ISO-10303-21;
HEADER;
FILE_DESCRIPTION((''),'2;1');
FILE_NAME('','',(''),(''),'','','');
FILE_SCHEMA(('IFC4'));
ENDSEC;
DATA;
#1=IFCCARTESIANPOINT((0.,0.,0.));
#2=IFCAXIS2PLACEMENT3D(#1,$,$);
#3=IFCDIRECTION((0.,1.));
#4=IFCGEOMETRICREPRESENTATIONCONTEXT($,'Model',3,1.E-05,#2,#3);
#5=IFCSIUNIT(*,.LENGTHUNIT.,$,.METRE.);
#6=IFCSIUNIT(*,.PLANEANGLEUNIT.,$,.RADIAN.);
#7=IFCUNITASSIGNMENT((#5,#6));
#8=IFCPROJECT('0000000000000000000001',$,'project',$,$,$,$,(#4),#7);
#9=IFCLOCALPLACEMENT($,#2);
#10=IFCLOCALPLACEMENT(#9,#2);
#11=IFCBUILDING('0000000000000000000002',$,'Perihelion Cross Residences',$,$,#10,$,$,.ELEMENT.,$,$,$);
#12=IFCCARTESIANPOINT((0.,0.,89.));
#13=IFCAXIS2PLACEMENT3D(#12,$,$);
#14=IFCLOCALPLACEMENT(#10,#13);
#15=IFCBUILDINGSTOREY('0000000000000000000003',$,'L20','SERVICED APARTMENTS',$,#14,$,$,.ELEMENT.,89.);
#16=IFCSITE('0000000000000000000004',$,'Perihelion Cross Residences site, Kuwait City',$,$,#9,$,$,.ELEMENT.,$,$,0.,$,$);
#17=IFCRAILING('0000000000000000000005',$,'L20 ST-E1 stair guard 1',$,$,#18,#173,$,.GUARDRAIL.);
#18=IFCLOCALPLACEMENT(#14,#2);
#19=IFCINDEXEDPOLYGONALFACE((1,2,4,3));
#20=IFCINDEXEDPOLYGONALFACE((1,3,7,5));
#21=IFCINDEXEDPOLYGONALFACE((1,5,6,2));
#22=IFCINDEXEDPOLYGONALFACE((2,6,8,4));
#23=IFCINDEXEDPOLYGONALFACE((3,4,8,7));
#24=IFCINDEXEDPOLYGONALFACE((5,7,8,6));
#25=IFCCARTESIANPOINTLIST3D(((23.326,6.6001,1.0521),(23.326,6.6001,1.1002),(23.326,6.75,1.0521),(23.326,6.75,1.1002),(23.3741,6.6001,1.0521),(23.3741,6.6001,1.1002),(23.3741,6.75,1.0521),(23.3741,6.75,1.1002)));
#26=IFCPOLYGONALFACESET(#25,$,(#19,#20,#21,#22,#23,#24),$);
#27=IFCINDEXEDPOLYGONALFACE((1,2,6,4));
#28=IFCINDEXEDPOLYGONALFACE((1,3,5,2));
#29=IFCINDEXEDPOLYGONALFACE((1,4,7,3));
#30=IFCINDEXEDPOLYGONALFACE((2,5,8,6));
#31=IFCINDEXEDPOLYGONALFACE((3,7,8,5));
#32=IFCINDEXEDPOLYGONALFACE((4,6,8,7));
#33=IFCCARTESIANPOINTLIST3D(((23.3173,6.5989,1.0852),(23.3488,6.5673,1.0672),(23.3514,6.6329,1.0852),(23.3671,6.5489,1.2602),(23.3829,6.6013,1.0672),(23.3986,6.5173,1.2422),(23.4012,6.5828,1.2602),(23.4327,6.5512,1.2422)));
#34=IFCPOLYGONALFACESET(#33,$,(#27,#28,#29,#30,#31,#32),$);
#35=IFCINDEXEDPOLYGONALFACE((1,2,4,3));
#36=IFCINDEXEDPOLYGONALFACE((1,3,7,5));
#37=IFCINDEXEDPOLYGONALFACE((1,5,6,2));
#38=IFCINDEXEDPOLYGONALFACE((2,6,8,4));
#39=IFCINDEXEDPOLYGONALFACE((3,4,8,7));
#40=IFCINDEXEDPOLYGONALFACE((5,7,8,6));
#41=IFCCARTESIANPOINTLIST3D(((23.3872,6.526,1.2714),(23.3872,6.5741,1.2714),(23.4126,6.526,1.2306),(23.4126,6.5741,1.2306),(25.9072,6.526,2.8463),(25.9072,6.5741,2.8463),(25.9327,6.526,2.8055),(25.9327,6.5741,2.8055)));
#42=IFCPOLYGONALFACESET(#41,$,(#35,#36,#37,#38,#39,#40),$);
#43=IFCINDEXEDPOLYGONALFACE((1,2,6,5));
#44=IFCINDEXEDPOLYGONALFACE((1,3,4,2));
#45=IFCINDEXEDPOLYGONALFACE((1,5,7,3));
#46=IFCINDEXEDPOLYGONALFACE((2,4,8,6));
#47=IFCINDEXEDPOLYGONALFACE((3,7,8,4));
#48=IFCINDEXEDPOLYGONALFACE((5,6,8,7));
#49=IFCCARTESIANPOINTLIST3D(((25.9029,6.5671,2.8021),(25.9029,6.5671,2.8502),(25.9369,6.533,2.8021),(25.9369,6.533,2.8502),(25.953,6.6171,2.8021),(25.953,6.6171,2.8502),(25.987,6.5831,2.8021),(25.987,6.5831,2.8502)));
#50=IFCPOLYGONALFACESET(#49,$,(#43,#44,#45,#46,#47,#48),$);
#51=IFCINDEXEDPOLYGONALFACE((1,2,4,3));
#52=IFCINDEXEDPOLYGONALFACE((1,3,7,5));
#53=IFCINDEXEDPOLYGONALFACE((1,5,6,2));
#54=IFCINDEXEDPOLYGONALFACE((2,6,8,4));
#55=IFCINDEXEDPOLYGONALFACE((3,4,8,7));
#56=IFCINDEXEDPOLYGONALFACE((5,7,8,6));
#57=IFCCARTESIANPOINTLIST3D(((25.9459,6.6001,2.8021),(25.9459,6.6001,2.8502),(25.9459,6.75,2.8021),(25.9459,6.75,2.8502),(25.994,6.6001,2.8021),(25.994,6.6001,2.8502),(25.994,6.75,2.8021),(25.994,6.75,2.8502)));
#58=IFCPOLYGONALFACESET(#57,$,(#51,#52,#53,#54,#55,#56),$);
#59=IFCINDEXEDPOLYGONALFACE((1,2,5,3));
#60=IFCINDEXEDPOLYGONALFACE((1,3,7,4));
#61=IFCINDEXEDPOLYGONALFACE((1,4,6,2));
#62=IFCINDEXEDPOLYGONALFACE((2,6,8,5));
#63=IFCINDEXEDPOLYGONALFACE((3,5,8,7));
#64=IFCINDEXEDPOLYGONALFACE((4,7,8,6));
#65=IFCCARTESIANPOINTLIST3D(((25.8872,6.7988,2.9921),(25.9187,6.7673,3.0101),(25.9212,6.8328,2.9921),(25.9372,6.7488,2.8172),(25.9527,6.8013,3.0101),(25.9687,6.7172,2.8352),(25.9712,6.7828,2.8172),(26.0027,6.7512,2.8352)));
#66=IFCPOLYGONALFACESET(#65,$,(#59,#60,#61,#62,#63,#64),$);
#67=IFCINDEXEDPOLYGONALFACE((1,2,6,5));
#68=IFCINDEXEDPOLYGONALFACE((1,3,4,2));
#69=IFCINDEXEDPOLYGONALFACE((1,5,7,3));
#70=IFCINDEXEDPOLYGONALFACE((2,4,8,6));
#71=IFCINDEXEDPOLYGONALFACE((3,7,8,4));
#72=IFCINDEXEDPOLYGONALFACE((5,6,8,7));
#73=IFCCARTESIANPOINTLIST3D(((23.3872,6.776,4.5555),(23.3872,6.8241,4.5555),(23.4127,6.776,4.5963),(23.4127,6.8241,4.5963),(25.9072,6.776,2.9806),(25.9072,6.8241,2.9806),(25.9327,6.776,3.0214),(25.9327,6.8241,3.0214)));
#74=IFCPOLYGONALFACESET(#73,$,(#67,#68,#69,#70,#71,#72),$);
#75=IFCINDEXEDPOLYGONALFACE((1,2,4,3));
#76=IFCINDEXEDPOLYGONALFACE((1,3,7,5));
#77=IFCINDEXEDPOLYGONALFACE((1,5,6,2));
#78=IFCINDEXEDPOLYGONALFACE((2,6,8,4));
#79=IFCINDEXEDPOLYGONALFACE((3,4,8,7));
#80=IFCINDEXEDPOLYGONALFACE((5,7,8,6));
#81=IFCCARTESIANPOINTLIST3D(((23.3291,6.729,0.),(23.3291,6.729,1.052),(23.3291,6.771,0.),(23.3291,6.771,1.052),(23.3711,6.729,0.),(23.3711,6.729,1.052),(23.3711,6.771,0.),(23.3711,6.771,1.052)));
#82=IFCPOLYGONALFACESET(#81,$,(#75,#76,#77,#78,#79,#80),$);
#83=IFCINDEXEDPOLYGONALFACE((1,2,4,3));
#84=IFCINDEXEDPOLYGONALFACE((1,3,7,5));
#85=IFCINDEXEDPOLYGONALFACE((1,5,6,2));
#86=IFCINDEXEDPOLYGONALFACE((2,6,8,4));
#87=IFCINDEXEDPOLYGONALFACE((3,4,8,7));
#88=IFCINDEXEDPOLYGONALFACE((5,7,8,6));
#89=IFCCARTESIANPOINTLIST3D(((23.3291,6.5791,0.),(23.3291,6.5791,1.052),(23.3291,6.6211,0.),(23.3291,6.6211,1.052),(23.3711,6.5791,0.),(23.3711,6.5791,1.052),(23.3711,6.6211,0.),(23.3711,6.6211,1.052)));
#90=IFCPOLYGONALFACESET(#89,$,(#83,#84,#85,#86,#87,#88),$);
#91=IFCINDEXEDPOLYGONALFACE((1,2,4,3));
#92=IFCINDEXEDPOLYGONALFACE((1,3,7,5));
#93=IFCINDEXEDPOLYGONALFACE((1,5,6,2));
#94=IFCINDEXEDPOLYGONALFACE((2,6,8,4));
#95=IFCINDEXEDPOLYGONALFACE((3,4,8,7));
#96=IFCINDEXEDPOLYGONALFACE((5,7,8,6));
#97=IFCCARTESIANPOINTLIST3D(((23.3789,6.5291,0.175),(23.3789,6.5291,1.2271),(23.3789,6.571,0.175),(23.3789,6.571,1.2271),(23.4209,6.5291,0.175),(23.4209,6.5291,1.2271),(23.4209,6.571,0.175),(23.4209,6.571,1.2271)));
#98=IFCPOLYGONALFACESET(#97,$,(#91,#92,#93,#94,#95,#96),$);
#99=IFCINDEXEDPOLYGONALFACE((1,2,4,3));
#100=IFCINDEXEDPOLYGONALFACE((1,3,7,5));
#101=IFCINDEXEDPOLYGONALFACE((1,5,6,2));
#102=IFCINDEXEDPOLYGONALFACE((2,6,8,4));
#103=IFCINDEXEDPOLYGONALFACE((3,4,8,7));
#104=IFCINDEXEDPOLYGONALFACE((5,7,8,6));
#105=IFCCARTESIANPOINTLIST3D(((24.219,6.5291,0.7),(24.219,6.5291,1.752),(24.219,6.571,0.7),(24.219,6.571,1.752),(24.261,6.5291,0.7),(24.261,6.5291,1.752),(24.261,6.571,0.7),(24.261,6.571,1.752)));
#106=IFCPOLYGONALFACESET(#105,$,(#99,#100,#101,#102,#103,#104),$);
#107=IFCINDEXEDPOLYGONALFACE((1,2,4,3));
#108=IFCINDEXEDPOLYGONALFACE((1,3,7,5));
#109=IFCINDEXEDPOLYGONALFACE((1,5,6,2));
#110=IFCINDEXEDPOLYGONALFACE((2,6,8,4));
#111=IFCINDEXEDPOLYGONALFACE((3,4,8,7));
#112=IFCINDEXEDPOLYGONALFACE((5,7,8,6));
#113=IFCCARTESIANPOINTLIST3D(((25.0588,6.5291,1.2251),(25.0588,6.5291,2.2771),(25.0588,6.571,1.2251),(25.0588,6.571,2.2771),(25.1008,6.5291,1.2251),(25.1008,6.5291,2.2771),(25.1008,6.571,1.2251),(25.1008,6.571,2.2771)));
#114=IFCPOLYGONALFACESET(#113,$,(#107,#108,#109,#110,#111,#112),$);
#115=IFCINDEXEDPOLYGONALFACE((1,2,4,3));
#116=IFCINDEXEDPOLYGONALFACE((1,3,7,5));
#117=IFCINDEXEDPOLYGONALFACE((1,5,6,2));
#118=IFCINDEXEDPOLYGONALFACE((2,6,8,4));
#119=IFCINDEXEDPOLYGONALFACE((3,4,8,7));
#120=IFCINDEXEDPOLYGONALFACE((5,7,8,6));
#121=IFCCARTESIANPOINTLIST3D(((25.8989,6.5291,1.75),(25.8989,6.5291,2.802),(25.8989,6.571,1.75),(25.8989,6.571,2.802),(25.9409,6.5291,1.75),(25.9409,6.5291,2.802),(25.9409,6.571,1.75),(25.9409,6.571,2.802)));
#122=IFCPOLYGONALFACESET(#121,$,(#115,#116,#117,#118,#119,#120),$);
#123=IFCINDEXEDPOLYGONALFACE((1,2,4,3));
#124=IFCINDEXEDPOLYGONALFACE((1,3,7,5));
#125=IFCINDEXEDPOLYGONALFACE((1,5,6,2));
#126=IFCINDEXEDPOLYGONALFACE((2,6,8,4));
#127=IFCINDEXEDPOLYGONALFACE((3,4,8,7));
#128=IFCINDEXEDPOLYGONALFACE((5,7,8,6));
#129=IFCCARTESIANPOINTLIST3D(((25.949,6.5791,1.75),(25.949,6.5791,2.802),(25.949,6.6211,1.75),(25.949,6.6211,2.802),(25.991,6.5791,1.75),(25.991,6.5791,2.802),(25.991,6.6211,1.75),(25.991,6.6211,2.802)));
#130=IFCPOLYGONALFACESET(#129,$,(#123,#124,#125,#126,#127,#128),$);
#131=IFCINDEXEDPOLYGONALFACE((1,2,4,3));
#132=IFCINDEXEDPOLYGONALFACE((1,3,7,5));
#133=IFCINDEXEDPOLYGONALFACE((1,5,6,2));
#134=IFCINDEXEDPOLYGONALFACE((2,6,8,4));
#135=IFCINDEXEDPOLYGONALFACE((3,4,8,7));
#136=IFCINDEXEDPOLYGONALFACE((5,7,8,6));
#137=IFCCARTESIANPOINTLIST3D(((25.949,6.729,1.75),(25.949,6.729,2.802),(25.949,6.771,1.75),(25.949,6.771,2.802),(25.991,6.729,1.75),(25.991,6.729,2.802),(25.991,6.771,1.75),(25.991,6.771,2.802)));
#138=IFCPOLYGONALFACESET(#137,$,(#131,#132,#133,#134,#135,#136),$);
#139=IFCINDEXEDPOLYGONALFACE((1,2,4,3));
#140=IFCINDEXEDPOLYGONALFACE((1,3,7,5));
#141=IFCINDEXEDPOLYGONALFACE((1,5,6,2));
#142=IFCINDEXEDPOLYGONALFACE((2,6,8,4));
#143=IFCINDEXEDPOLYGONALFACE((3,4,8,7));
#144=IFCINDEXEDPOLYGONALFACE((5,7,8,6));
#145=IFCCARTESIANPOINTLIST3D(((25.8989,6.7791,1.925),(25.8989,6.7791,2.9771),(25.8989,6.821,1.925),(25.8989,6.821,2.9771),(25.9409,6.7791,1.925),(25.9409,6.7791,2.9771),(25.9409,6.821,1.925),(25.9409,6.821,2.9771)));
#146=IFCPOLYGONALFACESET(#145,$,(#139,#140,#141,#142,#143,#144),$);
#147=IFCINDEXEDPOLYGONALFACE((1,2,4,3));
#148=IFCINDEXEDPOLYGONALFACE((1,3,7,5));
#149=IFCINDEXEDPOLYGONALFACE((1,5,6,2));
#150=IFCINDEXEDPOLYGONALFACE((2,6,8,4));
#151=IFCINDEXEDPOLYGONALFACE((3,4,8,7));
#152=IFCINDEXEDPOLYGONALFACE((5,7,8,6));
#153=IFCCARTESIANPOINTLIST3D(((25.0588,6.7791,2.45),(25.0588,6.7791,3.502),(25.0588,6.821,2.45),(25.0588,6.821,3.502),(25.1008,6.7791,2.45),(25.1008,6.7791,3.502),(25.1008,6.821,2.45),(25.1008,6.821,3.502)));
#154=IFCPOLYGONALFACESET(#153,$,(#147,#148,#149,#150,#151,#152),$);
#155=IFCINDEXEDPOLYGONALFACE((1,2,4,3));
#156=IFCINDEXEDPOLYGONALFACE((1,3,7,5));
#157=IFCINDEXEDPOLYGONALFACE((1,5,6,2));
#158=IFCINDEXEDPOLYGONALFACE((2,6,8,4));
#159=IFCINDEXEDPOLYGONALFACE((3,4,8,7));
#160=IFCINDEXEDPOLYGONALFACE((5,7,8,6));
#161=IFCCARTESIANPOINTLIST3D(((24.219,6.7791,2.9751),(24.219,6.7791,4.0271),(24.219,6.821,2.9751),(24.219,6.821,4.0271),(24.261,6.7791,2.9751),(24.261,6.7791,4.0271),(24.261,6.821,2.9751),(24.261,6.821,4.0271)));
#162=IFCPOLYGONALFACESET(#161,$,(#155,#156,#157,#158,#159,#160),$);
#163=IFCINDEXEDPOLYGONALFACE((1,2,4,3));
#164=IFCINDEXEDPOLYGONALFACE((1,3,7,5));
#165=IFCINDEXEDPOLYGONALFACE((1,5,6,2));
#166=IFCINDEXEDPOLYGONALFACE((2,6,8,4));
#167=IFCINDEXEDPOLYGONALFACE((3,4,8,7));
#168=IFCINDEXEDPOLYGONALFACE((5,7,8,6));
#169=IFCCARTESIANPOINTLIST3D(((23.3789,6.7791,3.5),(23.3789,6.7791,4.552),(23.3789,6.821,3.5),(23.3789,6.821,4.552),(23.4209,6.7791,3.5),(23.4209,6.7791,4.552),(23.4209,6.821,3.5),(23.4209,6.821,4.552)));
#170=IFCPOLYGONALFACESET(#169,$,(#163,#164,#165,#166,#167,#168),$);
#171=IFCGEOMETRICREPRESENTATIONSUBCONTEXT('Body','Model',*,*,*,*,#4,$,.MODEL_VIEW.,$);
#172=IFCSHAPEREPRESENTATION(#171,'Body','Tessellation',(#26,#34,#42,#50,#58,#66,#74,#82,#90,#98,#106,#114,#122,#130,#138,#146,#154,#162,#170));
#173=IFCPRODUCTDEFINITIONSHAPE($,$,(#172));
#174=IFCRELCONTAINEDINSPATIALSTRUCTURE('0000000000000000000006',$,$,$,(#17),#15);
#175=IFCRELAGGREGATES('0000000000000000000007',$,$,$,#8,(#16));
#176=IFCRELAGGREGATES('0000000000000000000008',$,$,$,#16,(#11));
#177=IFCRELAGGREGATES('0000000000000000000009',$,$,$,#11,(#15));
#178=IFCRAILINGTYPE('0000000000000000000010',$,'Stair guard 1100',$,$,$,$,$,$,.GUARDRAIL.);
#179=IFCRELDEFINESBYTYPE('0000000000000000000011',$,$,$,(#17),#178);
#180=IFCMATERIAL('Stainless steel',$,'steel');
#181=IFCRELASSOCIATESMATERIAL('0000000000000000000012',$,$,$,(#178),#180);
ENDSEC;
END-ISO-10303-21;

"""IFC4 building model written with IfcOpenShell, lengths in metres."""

from ifc_helpers import new_model, si_unit, direction, frame, origin, origin_2d, place, context, subcontext, project, spatial, rectangle, extrude, material, type_object, element, save


model = new_model("IFC4")

# Units and contexts
model_context = context("Model", 3, precision=1e-05, world=origin(), true_north=direction((0.0, 1.0)))
body_context = subcontext(model_context, "Body", "Model", "MODEL_VIEW")
ifc_project = project(units=[si_unit("LENGTHUNIT", "METRE"), si_unit("PLANEANGLEUNIT", "RADIAN")], contexts=[model_context])

# Site, building, storey
site_placement = place(None, origin())
site = spatial("IfcSite", under=ifc_project, at=site_placement, Name="Perihelion Cross Residences site, Kuwait City", CompositionType="ELEMENT", RefElevation=0.0)
building_placement = place(site_placement, origin())
building = spatial("IfcBuilding", under=site, at=building_placement, Name="Perihelion Cross Residences", CompositionType="ELEMENT")
storey_placement = place(building_placement, frame((0.0, 0.0, 89.0)))
storey = spatial("IfcBuildingStorey", under=building, at=storey_placement, Name="L20", Description="SERVICED APARTMENTS", CompositionType="ELEMENT", Elevation=89.0)

# Railing
ifc_material_1 = material(Name="Stainless steel", Category="steel")
railing_type_1 = type_object("IfcRailingType", Name="Stair guard 1100", PredefinedType="GUARDRAIL", material=ifc_material_1)
railing_1_placement = place(storey_placement, frame((23.3501, 6.75, 0.0)))
element("IfcRailing", 1, at=railing_1_placement, inside=storey, type_object=railing_type_1, Name="L20 ST-E1 stair guard 1", PredefinedType="GUARDRAIL", context=body_context, shape_type="SweptSolid", body=[
    extrude(rectangle(XDim=0.0481, YDim=0.0481, at=origin_2d()), frame((0.0, 0.0, 1.0762), z_axis=(0.0, -1.0, 0.0), x_axis=(1.0, 0.0, 0.0)), (0.0, 0.0, 1.0), 0.1499),
    extrude(rectangle(XDim=0.0481, YDim=0.0481, at=origin_2d()), frame((0.0, -0.1499, 1.0762), z_axis=(0.263862, -0.265156, 0.927399), x_axis=(0.708834, 0.705376, 0.0)), (0.0, 0.0, 1.0), 0.1887),
    extrude(rectangle(XDim=0.0481, YDim=0.0481, at=origin_2d()), frame((0.0498, -0.2, 1.251), z_axis=(0.848008, 0.0, 0.529984), x_axis=(0.0, 1.0, 0.0)), (0.0, 0.0, 1.0), 2.9717),
    extrude(rectangle(XDim=0.0481, YDim=0.0481, at=origin_2d()), frame((2.5698, -0.2, 2.8262), z_axis=(0.707107, 0.707107, 0.0), x_axis=(-0.707107, 0.707107, 0.0)), (0.0, 0.0, 1.0), 0.0708),
    extrude(rectangle(XDim=0.0481, YDim=0.0481, at=origin_2d()), frame((2.6199, -0.1499, 2.8262), z_axis=(0.0, 1.0, 0.0), x_axis=(-1.0, 0.0, 0.0)), (0.0, 0.0, 1.0), 0.1499),
    extrude(rectangle(XDim=0.0481, YDim=0.0481, at=origin_2d()), frame((2.6199, 0.0, 2.8262), z_axis=(-0.265065, 0.265065, 0.927082), x_axis=(-0.707107, -0.707107, 0.0)), (0.0, 0.0, 1.0), 0.1887),
    extrude(rectangle(XDim=0.0481, YDim=0.0481, at=origin_2d()), frame((2.5698, 0.05, 3.001), z_axis=(-0.848008, 0.0, 0.529984), x_axis=(0.0, -1.0, 0.0)), (0.0, 0.0, 1.0), 2.9717),
    extrude(rectangle(XDim=0.042, YDim=0.042, at=origin_2d()), origin(), (0.0, 0.0, 1.0), 1.052),
    extrude(rectangle(XDim=0.042, YDim=0.042, at=origin_2d()), frame((0.0, -0.1499, 0.0)), (0.0, 0.0, 1.0), 1.052),
    extrude(rectangle(XDim=0.042, YDim=0.042, at=origin_2d()), frame((0.0498, -0.2, 0.175)), (0.0, 0.0, 1.0), 1.052),
    extrude(rectangle(XDim=0.042, YDim=0.042, at=origin_2d()), frame((0.8899, -0.2, 0.7)), (0.0, 0.0, 1.0), 1.052),
    extrude(rectangle(XDim=0.042, YDim=0.042, at=origin_2d()), frame((1.7297, -0.2, 1.2251)), (0.0, 0.0, 1.0), 1.052),
    extrude(rectangle(XDim=0.042, YDim=0.042, at=origin_2d()), frame((2.5698, -0.2, 1.75)), (0.0, 0.0, 1.0), 1.052),
    extrude(rectangle(XDim=0.042, YDim=0.042, at=origin_2d()), frame((2.6199, -0.1499, 1.75)), (0.0, 0.0, 1.0), 1.052),
    extrude(rectangle(XDim=0.042, YDim=0.042, at=origin_2d()), frame((2.6199, 0.0, 1.75)), (0.0, 0.0, 1.0), 1.052),
    extrude(rectangle(XDim=0.042, YDim=0.042, at=origin_2d()), frame((2.5698, 0.05, 1.925)), (0.0, 0.0, 1.0), 1.052),
    extrude(rectangle(XDim=0.042, YDim=0.042, at=origin_2d()), frame((1.7297, 0.05, 2.45)), (0.0, 0.0, 1.0), 1.052),
    extrude(rectangle(XDim=0.042, YDim=0.042, at=origin_2d()), frame((0.8899, 0.05, 2.9751)), (0.0, 0.0, 1.0), 1.052),
    extrude(rectangle(XDim=0.042, YDim=0.042, at=origin_2d()), frame((0.0498, 0.05, 3.5)), (0.0, 0.0, 1.0), 1.052),
])

save(model, "model.ifc")
